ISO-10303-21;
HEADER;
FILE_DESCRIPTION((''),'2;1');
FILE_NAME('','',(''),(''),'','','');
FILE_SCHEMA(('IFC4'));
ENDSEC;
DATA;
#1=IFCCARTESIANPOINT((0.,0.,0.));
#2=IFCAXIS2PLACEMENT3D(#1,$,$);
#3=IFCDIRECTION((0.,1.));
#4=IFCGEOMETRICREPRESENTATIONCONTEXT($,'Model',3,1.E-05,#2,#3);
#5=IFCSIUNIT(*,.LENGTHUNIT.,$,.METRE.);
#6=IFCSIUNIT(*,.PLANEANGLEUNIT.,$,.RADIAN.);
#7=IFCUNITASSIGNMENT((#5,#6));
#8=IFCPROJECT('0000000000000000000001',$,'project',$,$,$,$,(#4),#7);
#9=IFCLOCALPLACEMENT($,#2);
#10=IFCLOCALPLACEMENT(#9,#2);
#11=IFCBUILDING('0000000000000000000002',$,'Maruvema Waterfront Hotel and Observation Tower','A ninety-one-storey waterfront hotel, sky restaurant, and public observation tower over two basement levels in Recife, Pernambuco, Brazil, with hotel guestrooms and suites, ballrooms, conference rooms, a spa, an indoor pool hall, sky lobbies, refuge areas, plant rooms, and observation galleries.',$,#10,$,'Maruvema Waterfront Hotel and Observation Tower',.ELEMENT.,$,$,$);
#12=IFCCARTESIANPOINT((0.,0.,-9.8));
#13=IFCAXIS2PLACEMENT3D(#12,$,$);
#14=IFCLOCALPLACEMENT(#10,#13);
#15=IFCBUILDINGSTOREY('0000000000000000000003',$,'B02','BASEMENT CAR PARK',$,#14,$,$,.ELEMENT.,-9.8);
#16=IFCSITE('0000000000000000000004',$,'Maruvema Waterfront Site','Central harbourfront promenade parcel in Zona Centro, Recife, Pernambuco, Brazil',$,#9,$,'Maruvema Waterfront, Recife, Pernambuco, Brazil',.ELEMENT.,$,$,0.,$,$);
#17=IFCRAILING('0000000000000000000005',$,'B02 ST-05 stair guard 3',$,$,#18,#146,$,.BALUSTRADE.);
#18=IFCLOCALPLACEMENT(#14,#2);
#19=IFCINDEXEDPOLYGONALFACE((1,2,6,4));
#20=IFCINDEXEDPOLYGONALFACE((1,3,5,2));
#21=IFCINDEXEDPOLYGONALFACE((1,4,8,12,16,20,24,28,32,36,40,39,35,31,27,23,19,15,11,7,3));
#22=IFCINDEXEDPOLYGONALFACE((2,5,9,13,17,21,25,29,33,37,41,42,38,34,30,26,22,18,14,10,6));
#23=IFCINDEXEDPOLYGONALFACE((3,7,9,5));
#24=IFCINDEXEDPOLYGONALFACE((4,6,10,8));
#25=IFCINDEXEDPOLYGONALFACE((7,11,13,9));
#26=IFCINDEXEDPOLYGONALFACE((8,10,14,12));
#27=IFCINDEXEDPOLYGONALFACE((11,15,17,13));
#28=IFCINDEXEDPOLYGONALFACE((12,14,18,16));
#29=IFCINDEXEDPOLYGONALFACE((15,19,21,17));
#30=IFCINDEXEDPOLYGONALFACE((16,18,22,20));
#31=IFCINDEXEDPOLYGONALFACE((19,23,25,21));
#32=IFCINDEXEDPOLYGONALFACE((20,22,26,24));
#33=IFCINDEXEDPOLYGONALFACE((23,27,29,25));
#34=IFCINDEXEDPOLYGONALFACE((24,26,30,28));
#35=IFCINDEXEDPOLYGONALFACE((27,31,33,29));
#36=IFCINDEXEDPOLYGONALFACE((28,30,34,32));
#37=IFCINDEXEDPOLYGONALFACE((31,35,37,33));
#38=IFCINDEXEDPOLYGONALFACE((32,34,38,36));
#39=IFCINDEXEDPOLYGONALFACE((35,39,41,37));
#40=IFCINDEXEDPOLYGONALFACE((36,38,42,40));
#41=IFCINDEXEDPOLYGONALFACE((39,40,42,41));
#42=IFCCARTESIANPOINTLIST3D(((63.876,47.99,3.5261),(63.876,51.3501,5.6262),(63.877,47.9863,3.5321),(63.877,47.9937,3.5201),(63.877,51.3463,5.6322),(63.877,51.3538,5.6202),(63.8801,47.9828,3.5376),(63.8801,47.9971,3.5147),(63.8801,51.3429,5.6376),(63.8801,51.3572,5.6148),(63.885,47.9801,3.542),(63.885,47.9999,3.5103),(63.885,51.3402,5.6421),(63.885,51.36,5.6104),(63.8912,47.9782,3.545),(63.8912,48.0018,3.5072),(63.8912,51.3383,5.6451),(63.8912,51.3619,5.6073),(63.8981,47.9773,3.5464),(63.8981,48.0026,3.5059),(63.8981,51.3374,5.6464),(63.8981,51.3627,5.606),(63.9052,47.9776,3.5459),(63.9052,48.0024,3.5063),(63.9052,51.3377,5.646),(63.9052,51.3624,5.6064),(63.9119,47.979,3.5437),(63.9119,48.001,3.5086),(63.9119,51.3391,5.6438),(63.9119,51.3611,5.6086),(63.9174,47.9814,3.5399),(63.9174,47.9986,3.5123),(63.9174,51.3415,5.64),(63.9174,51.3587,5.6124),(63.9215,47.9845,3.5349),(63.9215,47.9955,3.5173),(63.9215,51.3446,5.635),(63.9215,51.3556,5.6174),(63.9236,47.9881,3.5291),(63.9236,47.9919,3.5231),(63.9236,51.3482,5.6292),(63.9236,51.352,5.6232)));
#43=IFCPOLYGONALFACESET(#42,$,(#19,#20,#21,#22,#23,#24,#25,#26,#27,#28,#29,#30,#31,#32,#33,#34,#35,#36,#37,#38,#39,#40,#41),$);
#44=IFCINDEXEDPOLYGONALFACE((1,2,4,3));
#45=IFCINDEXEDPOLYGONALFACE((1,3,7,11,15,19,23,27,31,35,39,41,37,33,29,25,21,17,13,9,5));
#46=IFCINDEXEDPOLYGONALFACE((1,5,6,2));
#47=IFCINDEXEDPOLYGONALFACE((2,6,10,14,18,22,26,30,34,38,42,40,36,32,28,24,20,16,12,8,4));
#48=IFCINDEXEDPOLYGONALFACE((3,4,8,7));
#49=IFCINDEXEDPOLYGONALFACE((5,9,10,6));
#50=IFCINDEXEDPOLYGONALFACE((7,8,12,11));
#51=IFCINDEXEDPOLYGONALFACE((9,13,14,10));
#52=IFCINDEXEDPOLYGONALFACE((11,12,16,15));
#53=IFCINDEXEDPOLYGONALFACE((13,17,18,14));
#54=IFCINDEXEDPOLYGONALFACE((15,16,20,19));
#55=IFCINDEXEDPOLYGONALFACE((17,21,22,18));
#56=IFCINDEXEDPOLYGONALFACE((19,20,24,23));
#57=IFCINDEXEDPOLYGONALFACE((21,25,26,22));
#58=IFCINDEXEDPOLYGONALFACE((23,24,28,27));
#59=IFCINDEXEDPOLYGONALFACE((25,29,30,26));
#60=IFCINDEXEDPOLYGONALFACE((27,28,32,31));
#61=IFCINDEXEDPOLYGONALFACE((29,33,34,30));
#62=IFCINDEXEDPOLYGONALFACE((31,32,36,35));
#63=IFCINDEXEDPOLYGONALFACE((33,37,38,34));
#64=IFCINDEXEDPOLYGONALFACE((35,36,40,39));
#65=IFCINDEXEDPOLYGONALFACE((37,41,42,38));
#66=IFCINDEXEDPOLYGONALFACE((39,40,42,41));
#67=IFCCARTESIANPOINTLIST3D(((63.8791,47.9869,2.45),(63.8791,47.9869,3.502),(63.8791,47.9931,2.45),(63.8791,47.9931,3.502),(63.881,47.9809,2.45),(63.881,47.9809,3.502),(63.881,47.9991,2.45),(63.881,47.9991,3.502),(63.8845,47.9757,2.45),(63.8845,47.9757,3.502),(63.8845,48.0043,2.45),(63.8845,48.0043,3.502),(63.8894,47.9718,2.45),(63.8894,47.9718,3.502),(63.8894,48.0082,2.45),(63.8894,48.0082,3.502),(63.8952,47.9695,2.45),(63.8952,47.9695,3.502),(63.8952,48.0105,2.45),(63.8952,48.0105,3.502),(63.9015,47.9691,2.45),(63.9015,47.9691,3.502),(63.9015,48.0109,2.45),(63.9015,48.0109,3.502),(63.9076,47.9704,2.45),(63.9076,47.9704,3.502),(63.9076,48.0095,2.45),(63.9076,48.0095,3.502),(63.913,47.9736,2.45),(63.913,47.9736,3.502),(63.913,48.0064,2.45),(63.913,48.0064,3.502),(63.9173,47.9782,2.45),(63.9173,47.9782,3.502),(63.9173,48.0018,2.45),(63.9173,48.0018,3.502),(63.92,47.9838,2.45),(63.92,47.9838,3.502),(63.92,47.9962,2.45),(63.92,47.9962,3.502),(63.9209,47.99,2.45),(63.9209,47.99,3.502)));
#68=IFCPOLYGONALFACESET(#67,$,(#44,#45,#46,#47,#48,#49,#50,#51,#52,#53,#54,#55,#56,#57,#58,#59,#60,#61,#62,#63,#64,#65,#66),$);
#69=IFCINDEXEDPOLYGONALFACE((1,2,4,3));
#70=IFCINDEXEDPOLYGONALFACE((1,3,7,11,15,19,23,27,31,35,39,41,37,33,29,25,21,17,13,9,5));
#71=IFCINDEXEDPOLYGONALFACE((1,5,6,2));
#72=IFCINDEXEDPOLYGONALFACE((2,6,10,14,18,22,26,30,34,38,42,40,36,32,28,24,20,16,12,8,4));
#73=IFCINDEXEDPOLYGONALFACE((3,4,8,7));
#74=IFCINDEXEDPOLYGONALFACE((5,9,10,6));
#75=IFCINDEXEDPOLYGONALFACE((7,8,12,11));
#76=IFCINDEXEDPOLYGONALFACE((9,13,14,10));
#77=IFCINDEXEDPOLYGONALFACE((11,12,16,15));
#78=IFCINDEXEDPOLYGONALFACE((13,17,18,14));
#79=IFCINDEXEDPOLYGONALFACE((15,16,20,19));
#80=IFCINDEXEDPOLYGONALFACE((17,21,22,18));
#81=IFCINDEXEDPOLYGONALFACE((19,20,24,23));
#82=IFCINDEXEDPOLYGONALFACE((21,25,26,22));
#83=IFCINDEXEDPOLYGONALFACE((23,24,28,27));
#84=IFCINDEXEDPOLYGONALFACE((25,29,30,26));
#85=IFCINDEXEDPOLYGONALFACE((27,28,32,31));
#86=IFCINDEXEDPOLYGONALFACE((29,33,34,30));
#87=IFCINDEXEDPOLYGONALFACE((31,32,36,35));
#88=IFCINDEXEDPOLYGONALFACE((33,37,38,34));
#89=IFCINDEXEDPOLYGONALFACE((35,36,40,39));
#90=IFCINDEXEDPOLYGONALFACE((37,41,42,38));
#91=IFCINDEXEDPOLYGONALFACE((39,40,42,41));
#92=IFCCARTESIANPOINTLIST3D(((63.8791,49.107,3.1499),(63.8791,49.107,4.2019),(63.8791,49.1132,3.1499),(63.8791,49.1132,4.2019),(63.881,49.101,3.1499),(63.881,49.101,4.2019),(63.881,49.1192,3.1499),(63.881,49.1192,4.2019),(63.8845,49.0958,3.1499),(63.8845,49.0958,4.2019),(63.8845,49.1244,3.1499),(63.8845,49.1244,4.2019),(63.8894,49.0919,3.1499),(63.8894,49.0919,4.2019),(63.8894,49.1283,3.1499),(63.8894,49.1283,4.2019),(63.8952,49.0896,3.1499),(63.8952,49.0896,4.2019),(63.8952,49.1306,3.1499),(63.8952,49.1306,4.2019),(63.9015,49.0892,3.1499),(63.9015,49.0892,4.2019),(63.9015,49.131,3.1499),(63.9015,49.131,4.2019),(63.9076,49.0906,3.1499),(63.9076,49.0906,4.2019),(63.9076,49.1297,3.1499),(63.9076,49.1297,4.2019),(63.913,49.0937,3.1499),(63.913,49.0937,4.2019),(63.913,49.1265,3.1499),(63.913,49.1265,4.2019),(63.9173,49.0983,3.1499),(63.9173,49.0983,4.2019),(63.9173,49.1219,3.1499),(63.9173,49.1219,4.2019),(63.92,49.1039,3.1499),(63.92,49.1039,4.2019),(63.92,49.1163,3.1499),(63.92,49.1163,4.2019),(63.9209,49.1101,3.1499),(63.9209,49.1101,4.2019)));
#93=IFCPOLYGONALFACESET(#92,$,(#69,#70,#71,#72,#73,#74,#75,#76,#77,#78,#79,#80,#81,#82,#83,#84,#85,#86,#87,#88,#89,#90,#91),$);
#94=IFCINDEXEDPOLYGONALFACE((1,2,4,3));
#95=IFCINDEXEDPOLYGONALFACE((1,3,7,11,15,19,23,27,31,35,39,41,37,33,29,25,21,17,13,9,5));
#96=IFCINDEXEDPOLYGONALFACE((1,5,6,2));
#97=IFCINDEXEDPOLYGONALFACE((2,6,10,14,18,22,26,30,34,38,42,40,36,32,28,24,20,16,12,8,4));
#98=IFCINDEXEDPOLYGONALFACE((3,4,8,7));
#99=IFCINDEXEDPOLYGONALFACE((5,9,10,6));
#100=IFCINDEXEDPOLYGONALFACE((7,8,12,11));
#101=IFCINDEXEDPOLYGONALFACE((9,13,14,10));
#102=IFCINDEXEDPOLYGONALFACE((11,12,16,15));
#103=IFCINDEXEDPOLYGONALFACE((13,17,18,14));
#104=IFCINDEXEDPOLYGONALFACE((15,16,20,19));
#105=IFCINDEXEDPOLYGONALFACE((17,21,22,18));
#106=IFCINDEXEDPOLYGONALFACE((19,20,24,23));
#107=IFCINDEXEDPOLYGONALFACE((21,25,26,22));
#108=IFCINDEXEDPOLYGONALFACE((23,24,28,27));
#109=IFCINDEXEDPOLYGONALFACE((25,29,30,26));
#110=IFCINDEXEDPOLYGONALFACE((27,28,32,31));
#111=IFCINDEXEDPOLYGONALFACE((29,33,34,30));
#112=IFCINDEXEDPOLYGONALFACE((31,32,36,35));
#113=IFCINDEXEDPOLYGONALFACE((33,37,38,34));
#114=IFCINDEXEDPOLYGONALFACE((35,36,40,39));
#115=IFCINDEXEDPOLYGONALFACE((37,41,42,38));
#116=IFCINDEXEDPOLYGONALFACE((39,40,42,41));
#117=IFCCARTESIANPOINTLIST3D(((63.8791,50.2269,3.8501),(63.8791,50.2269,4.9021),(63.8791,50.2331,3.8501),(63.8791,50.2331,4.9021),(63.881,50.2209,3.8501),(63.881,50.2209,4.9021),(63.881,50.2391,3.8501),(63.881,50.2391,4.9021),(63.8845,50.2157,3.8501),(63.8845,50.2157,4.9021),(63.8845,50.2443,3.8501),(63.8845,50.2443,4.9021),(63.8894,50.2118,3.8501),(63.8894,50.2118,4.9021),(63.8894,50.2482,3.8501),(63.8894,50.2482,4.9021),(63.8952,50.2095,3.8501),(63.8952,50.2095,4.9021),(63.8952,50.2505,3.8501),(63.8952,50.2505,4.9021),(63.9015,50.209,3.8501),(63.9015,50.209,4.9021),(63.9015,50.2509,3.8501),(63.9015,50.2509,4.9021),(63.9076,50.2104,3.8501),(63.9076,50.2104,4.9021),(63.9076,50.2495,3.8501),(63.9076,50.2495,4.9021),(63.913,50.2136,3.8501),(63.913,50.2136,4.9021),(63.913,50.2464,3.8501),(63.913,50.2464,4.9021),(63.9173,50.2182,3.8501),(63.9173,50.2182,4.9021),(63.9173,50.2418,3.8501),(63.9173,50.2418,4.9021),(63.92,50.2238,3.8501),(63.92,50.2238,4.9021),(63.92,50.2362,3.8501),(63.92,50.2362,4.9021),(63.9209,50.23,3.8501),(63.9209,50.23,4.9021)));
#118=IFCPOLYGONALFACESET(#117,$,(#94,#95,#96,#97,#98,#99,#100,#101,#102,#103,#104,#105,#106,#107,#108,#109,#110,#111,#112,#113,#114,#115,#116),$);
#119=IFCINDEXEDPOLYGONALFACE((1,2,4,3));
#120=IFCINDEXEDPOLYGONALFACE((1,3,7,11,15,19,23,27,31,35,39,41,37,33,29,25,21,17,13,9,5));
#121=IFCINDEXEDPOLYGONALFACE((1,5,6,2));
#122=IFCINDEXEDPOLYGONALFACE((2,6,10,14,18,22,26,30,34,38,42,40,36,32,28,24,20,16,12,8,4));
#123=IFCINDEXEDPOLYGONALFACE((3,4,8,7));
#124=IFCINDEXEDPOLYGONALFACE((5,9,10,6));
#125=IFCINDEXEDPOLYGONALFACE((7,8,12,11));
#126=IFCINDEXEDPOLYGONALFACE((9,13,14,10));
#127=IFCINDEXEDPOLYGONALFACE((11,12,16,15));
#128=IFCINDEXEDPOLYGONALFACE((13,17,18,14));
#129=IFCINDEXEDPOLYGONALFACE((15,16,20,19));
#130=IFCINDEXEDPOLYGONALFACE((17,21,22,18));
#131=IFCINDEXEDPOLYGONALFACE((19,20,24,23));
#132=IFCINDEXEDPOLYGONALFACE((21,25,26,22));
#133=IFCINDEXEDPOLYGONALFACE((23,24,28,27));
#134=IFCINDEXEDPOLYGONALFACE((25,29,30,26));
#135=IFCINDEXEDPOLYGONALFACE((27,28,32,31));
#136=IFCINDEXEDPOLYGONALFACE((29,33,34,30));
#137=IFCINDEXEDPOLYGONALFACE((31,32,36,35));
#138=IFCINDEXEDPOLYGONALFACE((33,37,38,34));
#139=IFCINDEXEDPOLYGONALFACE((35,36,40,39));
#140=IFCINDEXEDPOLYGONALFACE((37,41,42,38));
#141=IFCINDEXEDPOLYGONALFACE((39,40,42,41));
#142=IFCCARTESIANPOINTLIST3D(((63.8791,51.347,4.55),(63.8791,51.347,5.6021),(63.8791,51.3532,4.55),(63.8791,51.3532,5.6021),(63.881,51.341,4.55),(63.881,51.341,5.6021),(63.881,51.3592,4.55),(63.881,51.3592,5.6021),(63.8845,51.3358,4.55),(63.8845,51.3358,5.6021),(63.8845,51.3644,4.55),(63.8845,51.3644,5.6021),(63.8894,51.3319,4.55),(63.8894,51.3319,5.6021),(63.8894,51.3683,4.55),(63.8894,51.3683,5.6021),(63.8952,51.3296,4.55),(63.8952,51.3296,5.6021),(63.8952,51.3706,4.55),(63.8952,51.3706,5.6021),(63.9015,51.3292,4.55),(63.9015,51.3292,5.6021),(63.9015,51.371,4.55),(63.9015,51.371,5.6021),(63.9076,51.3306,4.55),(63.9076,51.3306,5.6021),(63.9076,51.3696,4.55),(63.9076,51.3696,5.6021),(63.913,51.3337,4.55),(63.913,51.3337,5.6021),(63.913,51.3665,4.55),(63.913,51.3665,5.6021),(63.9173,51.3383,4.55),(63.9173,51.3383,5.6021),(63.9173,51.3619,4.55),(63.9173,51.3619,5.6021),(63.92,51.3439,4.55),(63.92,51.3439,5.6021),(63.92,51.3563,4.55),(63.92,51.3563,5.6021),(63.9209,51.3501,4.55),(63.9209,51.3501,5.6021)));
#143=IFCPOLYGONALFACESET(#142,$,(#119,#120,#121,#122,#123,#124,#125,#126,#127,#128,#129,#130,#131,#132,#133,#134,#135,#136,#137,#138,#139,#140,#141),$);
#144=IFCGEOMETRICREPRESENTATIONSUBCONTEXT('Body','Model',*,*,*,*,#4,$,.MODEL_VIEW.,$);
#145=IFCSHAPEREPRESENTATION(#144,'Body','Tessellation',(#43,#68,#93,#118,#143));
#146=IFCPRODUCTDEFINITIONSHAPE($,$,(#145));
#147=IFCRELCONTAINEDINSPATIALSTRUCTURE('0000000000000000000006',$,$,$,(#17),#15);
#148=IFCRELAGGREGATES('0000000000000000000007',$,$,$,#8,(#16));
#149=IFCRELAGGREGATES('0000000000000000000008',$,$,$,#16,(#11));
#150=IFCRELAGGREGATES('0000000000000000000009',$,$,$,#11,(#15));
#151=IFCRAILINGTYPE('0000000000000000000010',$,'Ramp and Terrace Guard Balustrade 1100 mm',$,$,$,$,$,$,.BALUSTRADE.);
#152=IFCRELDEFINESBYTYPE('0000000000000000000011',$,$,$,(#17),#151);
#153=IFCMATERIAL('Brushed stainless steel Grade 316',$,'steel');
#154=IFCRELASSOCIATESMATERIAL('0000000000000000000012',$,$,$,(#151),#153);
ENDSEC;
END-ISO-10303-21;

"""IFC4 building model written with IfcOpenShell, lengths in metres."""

from ifc_helpers import new_model, si_unit, direction, frame, origin, origin_2d, place, context, subcontext, project, spatial, circle, extrude, material, type_object, element, save


model = new_model("IFC4")

# Units and contexts
model_context = context("Model", 3, precision=1e-05, world=origin(), true_north=direction((0.0, 1.0)))
body_context = subcontext(model_context, "Body", "Model", "MODEL_VIEW")
ifc_project = project(units=[si_unit("LENGTHUNIT", "METRE"), si_unit("PLANEANGLEUNIT", "RADIAN")], contexts=[model_context])

# Site, building, storey
site_placement = place(None, origin())
site = spatial("IfcSite", under=ifc_project, at=site_placement, Name="Maruvema Waterfront Site", Description="Central harbourfront promenade parcel in Zona Centro, Recife, Pernambuco, Brazil", LongName="Maruvema Waterfront, Recife, Pernambuco, Brazil", CompositionType="ELEMENT", RefElevation=0.0)
building_placement = place(site_placement, origin())
building = spatial("IfcBuilding", under=site, at=building_placement, Name="Maruvema Waterfront Hotel and Observation Tower", Description="A ninety-one-storey waterfront hotel, sky restaurant, and public observation tower over two basement levels in Recife, Pernambuco, Brazil, with hotel guestrooms and suites, ballrooms, conference rooms, a spa, an indoor pool hall, sky lobbies, refuge areas, plant rooms, and observation galleries.", LongName="Maruvema Waterfront Hotel and Observation Tower", CompositionType="ELEMENT")
storey_placement = place(building_placement, frame((0.0, 0.0, -9.8)))
storey = spatial("IfcBuildingStorey", under=building, at=storey_placement, Name="B02", Description="BASEMENT CAR PARK", CompositionType="ELEMENT", Elevation=-9.8)

# Railing
ifc_material_1 = material(Name="Brushed stainless steel Grade 316", Category="steel")
railing_type_1 = type_object("IfcRailingType", Name="Ramp and Terrace Guard Balustrade 1100 mm", PredefinedType="BALUSTRADE", material=ifc_material_1)
railing_1_placement = place(storey_placement, frame((63.8999, 47.99, 2.45)))
element("IfcRailing", 1, at=railing_1_placement, inside=storey, type_object=railing_type_1, Name="B02 ST-05 stair guard 3", PredefinedType="BALUSTRADE", context=body_context, shape_type="SweptSolid", body=[
    extrude(circle(Radius=0.0239, at=origin_2d()), frame((0.0, 0.0, 1.0762), z_axis=(0.0, 0.847995, 0.530004), x_axis=(-1.0, 0.0, 0.0)), (0.0, 0.0, 1.0), 3.9624),
    extrude(circle(Radius=0.021, at=origin_2d()), origin(), (0.0, 0.0, 1.0), 1.052),
    extrude(circle(Radius=0.021, at=origin_2d()), frame((0.0, 1.1201, 0.7)), (0.0, 0.0, 1.0), 1.052),
    extrude(circle(Radius=0.021, at=origin_2d()), frame((0.0, 2.24, 1.4001)), (0.0, 0.0, 1.0), 1.052),
    extrude(circle(Radius=0.021, at=origin_2d()), frame((0.0, 3.3601, 2.1001)), (0.0, 0.0, 1.0), 1.052),
])

save(model, "model.ifc")
